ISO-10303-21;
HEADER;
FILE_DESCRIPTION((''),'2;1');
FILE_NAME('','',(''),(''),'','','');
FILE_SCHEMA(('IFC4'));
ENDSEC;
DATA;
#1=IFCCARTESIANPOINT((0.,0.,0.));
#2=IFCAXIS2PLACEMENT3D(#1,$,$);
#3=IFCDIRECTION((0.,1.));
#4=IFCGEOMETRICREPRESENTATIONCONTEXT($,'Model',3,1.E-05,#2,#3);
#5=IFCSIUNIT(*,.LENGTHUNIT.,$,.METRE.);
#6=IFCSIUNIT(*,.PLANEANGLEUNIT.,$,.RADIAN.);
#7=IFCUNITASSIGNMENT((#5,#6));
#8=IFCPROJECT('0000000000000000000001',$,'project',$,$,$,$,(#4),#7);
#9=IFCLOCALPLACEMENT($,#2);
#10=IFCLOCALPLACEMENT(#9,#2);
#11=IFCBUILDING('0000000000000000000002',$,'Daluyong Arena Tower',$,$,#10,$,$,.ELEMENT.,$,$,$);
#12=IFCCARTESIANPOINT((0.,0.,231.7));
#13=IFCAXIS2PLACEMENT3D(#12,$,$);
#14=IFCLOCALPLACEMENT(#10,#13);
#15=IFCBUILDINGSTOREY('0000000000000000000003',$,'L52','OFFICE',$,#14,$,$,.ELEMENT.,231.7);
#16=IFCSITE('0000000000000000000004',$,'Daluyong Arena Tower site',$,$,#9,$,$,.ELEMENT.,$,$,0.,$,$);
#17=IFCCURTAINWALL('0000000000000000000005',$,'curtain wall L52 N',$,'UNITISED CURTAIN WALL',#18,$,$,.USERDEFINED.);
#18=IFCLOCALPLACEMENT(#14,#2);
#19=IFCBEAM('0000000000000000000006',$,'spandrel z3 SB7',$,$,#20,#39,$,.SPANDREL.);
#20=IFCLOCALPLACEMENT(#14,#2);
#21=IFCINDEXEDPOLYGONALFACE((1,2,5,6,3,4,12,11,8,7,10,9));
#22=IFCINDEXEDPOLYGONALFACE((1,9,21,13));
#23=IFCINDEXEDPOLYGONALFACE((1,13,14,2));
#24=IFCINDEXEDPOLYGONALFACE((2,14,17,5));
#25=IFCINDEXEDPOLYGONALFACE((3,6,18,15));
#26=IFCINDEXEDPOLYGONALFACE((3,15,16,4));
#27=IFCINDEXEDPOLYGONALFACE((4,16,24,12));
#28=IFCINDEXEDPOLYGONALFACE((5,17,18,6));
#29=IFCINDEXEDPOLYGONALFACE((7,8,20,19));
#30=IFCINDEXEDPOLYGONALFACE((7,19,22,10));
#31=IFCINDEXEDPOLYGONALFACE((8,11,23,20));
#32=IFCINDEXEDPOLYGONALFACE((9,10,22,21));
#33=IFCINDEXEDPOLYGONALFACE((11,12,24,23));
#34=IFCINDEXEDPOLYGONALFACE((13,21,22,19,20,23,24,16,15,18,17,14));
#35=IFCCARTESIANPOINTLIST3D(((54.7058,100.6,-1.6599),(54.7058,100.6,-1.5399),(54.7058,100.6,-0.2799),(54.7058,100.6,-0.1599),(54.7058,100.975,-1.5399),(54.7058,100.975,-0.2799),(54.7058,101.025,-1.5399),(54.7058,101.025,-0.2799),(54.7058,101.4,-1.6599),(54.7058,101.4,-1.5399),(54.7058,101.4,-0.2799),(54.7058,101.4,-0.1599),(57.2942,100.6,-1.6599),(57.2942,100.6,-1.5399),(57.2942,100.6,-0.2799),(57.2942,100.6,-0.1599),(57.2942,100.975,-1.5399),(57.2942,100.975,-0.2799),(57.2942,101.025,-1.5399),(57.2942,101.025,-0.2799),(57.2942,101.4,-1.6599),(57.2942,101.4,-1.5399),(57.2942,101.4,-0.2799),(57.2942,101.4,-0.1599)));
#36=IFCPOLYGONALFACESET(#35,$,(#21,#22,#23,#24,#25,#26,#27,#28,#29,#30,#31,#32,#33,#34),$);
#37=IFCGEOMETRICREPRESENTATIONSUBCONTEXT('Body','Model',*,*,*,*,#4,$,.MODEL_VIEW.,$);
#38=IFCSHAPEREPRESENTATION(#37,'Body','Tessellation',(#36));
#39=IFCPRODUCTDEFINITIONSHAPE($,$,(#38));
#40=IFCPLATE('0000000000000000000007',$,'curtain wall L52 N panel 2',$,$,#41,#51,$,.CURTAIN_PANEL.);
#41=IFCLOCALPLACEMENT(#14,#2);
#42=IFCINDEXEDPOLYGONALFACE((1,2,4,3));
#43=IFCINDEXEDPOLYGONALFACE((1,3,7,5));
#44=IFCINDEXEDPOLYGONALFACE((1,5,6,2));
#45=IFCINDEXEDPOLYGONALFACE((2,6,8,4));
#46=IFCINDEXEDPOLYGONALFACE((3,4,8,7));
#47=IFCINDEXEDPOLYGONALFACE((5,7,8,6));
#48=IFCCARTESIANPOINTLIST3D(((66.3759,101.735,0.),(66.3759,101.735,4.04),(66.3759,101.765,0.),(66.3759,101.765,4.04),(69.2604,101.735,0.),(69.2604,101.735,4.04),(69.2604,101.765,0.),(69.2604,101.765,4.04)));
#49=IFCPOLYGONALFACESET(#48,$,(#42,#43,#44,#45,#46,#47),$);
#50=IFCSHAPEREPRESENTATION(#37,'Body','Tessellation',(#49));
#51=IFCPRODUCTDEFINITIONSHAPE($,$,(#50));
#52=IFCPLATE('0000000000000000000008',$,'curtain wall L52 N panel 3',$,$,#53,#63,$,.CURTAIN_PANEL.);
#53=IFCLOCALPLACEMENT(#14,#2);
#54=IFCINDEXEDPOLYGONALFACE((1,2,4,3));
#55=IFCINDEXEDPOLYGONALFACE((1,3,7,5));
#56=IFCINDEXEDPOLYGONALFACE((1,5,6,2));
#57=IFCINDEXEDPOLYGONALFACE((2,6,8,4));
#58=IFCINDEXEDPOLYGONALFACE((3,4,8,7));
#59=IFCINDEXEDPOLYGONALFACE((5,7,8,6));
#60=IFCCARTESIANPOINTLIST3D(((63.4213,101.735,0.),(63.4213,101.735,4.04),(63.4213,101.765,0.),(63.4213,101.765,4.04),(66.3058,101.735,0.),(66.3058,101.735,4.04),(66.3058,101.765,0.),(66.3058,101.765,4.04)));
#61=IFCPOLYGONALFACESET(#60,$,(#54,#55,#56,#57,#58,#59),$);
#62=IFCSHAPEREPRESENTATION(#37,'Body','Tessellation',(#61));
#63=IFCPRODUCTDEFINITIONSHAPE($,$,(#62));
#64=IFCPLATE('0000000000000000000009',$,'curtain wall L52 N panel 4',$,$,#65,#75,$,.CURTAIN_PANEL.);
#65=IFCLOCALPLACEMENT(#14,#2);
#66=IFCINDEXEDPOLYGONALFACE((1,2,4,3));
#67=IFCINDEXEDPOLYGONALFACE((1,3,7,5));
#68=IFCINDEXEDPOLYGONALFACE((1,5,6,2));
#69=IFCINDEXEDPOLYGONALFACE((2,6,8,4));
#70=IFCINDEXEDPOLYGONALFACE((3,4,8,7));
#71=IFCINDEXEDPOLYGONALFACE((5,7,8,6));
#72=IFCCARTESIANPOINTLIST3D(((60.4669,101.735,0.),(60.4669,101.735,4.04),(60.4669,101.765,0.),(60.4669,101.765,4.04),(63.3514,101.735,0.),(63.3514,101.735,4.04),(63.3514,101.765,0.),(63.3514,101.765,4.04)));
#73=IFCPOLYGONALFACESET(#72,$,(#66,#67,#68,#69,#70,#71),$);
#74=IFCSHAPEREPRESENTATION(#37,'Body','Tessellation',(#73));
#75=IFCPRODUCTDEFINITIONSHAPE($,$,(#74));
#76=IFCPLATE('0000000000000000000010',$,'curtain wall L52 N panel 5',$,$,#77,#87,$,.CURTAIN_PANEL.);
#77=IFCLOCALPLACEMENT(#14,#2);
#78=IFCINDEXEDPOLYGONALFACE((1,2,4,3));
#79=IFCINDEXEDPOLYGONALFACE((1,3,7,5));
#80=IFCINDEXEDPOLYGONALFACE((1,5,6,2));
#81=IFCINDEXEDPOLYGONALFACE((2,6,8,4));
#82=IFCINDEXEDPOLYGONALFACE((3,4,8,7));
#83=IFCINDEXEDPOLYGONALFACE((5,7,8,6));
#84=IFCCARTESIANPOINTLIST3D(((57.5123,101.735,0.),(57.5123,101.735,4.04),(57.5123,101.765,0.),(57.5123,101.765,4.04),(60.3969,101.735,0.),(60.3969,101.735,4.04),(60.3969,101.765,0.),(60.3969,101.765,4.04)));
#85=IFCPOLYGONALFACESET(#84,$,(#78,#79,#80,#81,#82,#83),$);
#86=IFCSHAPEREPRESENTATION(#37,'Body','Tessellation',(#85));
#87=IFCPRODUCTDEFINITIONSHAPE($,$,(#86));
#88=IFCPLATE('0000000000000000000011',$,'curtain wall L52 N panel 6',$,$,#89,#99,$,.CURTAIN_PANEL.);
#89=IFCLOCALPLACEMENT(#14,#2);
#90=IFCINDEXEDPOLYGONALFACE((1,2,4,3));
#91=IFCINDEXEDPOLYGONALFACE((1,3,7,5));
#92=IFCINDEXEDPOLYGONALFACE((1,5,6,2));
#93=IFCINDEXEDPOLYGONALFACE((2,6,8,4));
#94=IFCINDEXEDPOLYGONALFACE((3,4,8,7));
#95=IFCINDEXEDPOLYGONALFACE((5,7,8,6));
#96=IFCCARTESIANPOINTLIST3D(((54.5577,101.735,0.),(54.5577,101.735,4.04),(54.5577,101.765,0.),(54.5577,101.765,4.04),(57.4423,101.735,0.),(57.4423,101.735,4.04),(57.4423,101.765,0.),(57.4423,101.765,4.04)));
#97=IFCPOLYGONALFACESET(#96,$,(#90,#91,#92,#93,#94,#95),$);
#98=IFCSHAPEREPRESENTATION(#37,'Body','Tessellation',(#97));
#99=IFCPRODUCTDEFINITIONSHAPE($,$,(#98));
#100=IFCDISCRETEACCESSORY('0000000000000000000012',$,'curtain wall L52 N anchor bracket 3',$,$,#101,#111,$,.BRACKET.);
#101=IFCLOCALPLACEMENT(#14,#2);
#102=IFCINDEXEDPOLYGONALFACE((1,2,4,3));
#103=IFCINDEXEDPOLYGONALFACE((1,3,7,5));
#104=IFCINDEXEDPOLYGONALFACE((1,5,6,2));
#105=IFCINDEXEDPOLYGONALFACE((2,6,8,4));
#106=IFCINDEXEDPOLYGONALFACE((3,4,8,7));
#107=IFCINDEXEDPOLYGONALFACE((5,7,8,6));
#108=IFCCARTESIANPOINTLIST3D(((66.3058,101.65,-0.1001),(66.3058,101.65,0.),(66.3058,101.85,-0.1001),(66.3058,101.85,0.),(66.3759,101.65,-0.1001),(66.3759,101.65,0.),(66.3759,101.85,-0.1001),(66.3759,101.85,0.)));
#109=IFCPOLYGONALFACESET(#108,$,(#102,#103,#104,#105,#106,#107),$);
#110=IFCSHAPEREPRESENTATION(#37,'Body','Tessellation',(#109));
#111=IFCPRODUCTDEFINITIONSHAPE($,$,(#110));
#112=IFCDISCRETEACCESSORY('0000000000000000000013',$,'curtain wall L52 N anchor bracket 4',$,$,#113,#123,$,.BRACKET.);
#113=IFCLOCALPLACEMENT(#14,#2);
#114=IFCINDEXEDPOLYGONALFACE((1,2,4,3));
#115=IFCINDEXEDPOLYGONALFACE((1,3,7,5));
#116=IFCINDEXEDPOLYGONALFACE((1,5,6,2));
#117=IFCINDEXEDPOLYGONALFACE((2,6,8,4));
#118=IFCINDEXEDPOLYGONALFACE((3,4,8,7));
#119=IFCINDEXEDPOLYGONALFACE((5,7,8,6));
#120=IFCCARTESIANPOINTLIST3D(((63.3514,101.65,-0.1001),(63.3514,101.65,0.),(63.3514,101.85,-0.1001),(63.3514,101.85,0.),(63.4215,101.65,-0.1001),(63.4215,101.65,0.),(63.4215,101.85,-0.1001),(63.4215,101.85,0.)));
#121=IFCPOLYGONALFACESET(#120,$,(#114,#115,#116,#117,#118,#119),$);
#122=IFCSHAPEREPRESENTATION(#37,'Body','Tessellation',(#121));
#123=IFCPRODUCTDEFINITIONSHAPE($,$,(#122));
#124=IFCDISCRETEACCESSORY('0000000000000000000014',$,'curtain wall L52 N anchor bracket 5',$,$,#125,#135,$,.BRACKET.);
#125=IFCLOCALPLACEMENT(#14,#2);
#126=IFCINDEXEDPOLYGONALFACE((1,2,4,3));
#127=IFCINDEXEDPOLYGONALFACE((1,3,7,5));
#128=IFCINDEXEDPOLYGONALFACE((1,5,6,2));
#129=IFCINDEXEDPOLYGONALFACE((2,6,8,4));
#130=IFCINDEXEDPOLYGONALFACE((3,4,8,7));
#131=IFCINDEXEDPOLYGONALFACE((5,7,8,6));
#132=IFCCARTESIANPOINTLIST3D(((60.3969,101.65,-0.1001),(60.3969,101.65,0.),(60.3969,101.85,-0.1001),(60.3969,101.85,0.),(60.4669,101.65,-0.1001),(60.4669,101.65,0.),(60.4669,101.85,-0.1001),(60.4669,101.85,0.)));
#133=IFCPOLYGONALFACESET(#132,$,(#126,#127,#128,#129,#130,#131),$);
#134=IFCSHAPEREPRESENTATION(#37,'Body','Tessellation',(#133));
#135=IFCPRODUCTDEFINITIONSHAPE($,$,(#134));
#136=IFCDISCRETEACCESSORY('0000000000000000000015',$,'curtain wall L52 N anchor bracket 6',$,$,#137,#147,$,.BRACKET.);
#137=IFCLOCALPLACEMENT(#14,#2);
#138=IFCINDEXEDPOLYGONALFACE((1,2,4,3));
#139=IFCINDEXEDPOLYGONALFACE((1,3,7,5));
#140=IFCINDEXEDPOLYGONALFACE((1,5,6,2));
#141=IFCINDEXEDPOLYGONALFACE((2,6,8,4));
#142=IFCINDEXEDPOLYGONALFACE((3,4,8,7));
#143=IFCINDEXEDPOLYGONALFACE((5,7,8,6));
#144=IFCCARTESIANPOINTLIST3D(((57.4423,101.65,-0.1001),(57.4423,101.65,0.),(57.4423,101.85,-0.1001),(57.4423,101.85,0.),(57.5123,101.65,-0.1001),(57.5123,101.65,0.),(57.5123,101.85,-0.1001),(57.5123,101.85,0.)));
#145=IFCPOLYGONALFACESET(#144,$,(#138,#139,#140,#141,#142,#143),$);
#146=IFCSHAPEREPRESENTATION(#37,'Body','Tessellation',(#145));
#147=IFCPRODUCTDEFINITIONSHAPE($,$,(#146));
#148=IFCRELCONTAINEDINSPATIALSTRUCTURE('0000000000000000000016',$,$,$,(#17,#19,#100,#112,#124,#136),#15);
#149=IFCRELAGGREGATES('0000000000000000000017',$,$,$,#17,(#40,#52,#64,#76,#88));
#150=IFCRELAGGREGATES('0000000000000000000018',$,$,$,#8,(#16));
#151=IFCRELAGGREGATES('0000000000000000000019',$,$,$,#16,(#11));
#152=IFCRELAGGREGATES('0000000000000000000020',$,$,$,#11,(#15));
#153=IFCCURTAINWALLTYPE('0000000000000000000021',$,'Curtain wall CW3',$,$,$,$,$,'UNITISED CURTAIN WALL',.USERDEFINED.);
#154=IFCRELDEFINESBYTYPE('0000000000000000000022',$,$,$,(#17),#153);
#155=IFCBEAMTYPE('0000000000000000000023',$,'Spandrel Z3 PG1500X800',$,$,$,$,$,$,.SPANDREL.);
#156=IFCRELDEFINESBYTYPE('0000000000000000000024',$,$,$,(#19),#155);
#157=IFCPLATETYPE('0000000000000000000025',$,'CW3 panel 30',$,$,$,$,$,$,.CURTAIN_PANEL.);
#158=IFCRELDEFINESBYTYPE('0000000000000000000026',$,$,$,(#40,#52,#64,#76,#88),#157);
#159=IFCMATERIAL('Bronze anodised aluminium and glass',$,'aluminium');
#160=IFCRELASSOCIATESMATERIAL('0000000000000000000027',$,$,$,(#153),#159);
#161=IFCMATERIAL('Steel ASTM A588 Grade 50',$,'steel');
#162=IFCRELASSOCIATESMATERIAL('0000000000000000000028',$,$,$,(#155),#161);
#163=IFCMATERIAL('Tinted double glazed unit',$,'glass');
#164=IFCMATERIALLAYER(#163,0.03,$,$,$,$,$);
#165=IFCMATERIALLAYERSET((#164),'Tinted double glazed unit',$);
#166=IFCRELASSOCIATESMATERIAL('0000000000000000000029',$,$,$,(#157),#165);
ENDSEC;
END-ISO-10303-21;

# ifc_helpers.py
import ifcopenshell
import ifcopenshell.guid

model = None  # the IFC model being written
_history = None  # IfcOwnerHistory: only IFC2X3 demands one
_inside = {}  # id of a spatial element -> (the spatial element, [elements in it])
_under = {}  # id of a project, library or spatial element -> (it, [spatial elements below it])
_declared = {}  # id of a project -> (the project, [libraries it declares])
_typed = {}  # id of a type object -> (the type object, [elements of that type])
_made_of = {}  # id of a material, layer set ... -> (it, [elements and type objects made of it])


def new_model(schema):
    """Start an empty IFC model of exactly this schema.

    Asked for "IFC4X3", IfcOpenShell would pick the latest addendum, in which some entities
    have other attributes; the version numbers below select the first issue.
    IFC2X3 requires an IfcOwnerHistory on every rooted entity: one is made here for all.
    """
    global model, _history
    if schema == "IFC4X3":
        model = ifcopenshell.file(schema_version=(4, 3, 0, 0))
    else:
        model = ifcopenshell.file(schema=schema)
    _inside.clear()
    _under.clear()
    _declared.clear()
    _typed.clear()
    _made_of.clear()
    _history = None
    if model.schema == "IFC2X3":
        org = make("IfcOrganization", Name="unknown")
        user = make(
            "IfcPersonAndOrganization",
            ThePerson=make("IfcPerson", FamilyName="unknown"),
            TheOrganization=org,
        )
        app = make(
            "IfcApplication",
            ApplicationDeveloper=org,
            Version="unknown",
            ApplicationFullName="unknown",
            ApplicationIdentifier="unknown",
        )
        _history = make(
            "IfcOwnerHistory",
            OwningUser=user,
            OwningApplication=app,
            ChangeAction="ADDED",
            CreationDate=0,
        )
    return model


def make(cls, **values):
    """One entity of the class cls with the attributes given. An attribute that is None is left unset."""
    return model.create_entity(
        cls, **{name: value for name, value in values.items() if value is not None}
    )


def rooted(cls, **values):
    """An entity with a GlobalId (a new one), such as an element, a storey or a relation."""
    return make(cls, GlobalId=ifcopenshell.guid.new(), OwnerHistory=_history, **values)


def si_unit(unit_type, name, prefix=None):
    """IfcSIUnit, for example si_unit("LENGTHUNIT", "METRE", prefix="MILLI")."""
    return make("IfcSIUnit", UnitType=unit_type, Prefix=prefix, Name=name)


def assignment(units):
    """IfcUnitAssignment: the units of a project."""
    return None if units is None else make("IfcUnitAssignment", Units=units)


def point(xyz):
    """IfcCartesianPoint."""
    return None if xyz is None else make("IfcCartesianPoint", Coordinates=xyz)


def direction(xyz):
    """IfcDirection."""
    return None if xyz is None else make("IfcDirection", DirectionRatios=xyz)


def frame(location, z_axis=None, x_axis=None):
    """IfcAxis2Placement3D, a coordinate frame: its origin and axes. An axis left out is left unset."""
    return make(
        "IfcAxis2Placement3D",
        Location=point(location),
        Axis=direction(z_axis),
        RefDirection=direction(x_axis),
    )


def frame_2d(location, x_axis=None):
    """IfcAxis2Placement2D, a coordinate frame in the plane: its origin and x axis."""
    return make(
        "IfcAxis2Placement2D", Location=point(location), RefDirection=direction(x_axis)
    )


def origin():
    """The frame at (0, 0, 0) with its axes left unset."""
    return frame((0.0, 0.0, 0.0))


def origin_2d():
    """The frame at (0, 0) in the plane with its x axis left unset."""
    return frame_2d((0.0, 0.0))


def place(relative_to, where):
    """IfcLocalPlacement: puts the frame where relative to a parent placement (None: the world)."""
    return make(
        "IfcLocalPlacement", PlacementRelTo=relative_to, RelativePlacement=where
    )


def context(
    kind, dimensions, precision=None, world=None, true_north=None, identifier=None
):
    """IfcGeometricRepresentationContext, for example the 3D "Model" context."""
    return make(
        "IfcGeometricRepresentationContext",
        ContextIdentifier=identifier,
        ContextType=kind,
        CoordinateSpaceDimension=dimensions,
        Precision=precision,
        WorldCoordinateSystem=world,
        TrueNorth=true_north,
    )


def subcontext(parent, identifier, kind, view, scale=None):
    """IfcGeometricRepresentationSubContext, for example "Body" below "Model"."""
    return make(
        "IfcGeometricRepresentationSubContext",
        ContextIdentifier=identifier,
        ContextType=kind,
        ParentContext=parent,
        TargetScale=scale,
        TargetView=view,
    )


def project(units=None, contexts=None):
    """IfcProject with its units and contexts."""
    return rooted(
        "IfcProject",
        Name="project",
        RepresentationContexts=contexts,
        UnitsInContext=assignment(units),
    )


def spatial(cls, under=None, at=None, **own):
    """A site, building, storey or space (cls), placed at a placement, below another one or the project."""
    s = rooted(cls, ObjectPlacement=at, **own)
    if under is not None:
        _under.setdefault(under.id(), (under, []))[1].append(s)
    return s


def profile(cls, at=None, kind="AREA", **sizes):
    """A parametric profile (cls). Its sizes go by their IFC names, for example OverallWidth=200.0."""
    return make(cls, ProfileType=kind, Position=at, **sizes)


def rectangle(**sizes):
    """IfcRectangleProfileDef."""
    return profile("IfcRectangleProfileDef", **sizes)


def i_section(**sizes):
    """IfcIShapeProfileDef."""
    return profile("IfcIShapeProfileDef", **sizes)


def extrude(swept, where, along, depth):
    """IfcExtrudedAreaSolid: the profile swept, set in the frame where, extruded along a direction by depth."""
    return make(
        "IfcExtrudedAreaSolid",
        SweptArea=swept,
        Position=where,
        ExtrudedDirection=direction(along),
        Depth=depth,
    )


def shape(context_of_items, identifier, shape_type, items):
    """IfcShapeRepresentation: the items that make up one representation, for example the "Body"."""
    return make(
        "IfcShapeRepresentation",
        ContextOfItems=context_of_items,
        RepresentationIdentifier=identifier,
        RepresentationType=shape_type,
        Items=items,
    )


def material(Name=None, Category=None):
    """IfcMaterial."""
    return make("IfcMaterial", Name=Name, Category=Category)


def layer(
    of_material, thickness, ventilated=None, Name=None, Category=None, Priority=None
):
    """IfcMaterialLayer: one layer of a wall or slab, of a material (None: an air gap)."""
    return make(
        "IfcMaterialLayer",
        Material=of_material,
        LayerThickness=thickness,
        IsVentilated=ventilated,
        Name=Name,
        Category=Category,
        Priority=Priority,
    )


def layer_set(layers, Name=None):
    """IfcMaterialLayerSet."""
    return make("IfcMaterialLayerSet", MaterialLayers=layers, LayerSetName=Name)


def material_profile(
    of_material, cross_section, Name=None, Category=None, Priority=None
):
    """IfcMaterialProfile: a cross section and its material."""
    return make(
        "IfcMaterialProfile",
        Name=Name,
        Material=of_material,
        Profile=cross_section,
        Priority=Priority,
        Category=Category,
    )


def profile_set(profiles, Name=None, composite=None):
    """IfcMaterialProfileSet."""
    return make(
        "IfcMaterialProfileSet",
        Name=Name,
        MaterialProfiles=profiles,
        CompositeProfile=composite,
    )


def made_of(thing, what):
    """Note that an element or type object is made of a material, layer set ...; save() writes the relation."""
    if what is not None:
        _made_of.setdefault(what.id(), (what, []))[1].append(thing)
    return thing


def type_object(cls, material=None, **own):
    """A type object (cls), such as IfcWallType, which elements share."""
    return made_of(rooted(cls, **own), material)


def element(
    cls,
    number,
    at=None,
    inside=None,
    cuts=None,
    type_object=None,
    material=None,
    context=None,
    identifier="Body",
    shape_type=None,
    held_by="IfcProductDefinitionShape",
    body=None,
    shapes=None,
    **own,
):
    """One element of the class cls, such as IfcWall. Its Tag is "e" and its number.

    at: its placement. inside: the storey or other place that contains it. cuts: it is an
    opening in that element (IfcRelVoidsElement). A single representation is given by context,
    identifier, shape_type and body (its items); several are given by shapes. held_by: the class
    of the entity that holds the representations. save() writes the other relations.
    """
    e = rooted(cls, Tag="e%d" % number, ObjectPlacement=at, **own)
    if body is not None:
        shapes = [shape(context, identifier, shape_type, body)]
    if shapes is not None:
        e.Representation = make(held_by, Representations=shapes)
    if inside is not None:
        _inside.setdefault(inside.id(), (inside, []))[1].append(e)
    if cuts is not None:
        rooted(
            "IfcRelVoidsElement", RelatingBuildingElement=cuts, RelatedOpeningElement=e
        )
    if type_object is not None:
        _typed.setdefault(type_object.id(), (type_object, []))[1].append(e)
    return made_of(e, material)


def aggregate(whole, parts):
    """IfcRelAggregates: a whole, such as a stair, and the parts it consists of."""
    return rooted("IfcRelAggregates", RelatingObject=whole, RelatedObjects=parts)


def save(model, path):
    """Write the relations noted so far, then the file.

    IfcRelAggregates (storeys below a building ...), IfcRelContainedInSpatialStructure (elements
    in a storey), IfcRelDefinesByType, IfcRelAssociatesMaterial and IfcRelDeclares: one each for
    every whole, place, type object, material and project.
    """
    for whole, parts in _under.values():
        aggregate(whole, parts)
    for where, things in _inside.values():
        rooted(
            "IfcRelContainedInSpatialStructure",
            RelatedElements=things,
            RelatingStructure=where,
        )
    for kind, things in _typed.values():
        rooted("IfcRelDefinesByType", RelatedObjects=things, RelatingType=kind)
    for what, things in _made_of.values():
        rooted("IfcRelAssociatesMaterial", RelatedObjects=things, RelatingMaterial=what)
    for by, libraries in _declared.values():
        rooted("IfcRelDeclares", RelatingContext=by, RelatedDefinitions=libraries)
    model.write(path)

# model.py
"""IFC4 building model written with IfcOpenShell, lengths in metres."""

from ifc_helpers import new_model, si_unit, direction, frame, origin, origin_2d, place, context, subcontext, project, spatial, rectangle, i_section, extrude, material, layer, layer_set, material_profile, profile_set, type_object, element, aggregate, save


model = new_model("IFC4")

# Units and contexts
model_context = context("Model", 3, precision=1e-05, world=origin(), true_north=direction((0.0, 1.0)))
body_context = subcontext(model_context, "Body", "Model", "MODEL_VIEW")
ifc_project = project(units=[si_unit("LENGTHUNIT", "METRE"), si_unit("PLANEANGLEUNIT", "RADIAN")], contexts=[model_context])

# Site, building, storey
site_placement = place(None, origin())
site = spatial("IfcSite", under=ifc_project, at=site_placement, Name="Daluyong Arena Tower site", CompositionType="ELEMENT", RefElevation=0.0)
building_placement = place(site_placement, origin())
building = spatial("IfcBuilding", under=site, at=building_placement, Name="Daluyong Arena Tower", CompositionType="ELEMENT")
storey_placement = place(building_placement, frame((0.0, 0.0, 231.7)))
storey = spatial("IfcBuildingStorey", under=building, at=storey_placement, Name="L52", Description="OFFICE", CompositionType="ELEMENT", Elevation=231.7)

# Curtain wall
ifc_material_1 = material(Name="Bronze anodised aluminium and glass", Category="aluminium")
curtain_wall_type = type_object("IfcCurtainWallType", Name="Curtain wall CW3", ElementType="UNITISED CURTAIN WALL", PredefinedType="USERDEFINED", material=ifc_material_1)
curtain_wall_placement = place(storey_placement, origin())
curtain_wall = element("IfcCurtainWall", 1, at=curtain_wall_placement, inside=storey, type_object=curtain_wall_type, Name="curtain wall L52 N", ObjectType="UNITISED CURTAIN WALL", PredefinedType="USERDEFINED")

# Beam
ifc_material_2 = material(Name="Steel ASTM A588 Grade 50", Category="steel")
ifc_material_profile_1 = material_profile(ifc_material_2, i_section(OverallWidth=0.8, OverallDepth=1.5, WebThickness=0.05, FlangeThickness=0.12, at=origin_2d()))
ifc_profile_set_1 = profile_set([ifc_material_profile_1], Name="Steel ASTM A588 Grade 50")
beam_type_1 = type_object("IfcBeamType", Name="Spandrel Z3 PG1500X800", PredefinedType="SPANDREL", material=ifc_profile_set_1)
beam_1_placement = place(storey_placement, frame((57.2942, 101.0, -0.9099), z_axis=(-1.0, 0.0, 0.0), x_axis=(0.0, -1.0, 0.0)))
element("IfcBeam", 2, at=beam_1_placement, inside=storey, type_object=beam_type_1, Name="spandrel z3 SB7", PredefinedType="SPANDREL", context=body_context, shape_type="SweptSolid", body=[
    extrude(i_section(OverallWidth=0.8, OverallDepth=1.5, WebThickness=0.05, FlangeThickness=0.12, at=origin_2d()), origin(), (0.0, 0.0, 1.0), 2.5884),
])

# Plates
ifc_material_3 = material(Name="Tinted double glazed unit", Category="glass")
ifc_layer = layer(ifc_material_3, 0.03)
ifc_layer_set = layer_set([ifc_layer], Name="Tinted double glazed unit")
plate_type = type_object("IfcPlateType", Name="CW3 panel 30", PredefinedType="CURTAIN_PANEL", material=ifc_layer_set)
plate_1_placement = place(storey_placement, frame((67.8181, 101.75, 0.0), z_axis=(0.0, 0.0, 1.0), x_axis=(-1.0, 0.0, 0.0)))
plate_1 = element("IfcPlate", 3, at=plate_1_placement, type_object=plate_type, Name="curtain wall L52 N panel 2", PredefinedType="CURTAIN_PANEL", context=body_context, shape_type="SweptSolid", body=[
    extrude(rectangle(XDim=2.8845, YDim=0.03, at=origin_2d()), origin(), (0.0, 0.0, 1.0), 4.04),
])
plate_2_placement = place(storey_placement, frame((64.8635, 101.75, 0.0), z_axis=(0.0, 0.0, 1.0), x_axis=(-1.0, 0.0, 0.0)))
plate_2 = element("IfcPlate", 4, at=plate_2_placement, type_object=plate_type, Name="curtain wall L52 N panel 3", PredefinedType="CURTAIN_PANEL", context=body_context, shape_type="SweptSolid", body=[
    extrude(rectangle(XDim=2.8845, YDim=0.03, at=origin_2d()), origin(), (0.0, 0.0, 1.0), 4.04),
])
plate_3_placement = place(storey_placement, frame((61.9092, 101.75, 0.0), z_axis=(0.0, 0.0, 1.0), x_axis=(-1.0, 0.0, 0.0)))
plate_3 = element("IfcPlate", 5, at=plate_3_placement, type_object=plate_type, Name="curtain wall L52 N panel 4", PredefinedType="CURTAIN_PANEL", context=body_context, shape_type="SweptSolid", body=[
    extrude(rectangle(XDim=2.8845, YDim=0.03, at=origin_2d()), origin(), (0.0, 0.0, 1.0), 4.04),
])
plate_4_placement = place(storey_placement, frame((58.9546, 101.75, 0.0), z_axis=(0.0, 0.0, 1.0), x_axis=(-1.0, 0.0, 0.0)))
plate_4 = element("IfcPlate", 6, at=plate_4_placement, type_object=plate_type, Name="curtain wall L52 N panel 5", PredefinedType="CURTAIN_PANEL", context=body_context, shape_type="SweptSolid", body=[
    extrude(rectangle(XDim=2.8845, YDim=0.03, at=origin_2d()), origin(), (0.0, 0.0, 1.0), 4.04),
])
plate_5_placement = place(storey_placement, frame((56.0, 101.75, 0.0), z_axis=(0.0, 0.0, 1.0), x_axis=(-1.0, 0.0, 0.0)))
plate_5 = element("IfcPlate", 7, at=plate_5_placement, type_object=plate_type, Name="curtain wall L52 N panel 6", PredefinedType="CURTAIN_PANEL", context=body_context, shape_type="SweptSolid", body=[
    extrude(rectangle(XDim=2.8845, YDim=0.03, at=origin_2d()), origin(), (0.0, 0.0, 1.0), 4.04),
])
aggregate(curtain_wall, [plate_1, plate_2, plate_3, plate_4, plate_5])

# Discrete accessories
for number, where, z_axis, x_axis, name in (
    (8, (66.3408, 101.75, -0.1001), (0.0, 0.0, 1.0), (-1.0, 0.0, 0.0), "curtain wall L52 N anchor bracket 3"),
    (9, (63.3865, 101.75, -0.1001), (0.0, 0.0, 1.0), (-1.0, 0.0, 0.0), "curtain wall L52 N anchor bracket 4"),
    (10, (60.4319, 101.75, -0.1001), (0.0, 0.0, 1.0), (-1.0, 0.0, 0.0), "curtain wall L52 N anchor bracket 5"),
    (11, (57.4773, 101.75, -0.1001), (0.0, 0.0, 1.0), (-1.0, 0.0, 0.0), "curtain wall L52 N anchor bracket 6"),
):
    element("IfcDiscreteAccessory", number, at=place(storey_placement, frame(where, z_axis=z_axis, x_axis=x_axis)), inside=storey, Name=name, PredefinedType="BRACKET", context=body_context, shape_type="SweptSolid", body=[
        extrude(rectangle(XDim=0.0701, YDim=0.2, at=origin_2d()), origin(), (0.0, 0.0, 1.0), 0.1001),
    ])

save(model, "model.ifc")
